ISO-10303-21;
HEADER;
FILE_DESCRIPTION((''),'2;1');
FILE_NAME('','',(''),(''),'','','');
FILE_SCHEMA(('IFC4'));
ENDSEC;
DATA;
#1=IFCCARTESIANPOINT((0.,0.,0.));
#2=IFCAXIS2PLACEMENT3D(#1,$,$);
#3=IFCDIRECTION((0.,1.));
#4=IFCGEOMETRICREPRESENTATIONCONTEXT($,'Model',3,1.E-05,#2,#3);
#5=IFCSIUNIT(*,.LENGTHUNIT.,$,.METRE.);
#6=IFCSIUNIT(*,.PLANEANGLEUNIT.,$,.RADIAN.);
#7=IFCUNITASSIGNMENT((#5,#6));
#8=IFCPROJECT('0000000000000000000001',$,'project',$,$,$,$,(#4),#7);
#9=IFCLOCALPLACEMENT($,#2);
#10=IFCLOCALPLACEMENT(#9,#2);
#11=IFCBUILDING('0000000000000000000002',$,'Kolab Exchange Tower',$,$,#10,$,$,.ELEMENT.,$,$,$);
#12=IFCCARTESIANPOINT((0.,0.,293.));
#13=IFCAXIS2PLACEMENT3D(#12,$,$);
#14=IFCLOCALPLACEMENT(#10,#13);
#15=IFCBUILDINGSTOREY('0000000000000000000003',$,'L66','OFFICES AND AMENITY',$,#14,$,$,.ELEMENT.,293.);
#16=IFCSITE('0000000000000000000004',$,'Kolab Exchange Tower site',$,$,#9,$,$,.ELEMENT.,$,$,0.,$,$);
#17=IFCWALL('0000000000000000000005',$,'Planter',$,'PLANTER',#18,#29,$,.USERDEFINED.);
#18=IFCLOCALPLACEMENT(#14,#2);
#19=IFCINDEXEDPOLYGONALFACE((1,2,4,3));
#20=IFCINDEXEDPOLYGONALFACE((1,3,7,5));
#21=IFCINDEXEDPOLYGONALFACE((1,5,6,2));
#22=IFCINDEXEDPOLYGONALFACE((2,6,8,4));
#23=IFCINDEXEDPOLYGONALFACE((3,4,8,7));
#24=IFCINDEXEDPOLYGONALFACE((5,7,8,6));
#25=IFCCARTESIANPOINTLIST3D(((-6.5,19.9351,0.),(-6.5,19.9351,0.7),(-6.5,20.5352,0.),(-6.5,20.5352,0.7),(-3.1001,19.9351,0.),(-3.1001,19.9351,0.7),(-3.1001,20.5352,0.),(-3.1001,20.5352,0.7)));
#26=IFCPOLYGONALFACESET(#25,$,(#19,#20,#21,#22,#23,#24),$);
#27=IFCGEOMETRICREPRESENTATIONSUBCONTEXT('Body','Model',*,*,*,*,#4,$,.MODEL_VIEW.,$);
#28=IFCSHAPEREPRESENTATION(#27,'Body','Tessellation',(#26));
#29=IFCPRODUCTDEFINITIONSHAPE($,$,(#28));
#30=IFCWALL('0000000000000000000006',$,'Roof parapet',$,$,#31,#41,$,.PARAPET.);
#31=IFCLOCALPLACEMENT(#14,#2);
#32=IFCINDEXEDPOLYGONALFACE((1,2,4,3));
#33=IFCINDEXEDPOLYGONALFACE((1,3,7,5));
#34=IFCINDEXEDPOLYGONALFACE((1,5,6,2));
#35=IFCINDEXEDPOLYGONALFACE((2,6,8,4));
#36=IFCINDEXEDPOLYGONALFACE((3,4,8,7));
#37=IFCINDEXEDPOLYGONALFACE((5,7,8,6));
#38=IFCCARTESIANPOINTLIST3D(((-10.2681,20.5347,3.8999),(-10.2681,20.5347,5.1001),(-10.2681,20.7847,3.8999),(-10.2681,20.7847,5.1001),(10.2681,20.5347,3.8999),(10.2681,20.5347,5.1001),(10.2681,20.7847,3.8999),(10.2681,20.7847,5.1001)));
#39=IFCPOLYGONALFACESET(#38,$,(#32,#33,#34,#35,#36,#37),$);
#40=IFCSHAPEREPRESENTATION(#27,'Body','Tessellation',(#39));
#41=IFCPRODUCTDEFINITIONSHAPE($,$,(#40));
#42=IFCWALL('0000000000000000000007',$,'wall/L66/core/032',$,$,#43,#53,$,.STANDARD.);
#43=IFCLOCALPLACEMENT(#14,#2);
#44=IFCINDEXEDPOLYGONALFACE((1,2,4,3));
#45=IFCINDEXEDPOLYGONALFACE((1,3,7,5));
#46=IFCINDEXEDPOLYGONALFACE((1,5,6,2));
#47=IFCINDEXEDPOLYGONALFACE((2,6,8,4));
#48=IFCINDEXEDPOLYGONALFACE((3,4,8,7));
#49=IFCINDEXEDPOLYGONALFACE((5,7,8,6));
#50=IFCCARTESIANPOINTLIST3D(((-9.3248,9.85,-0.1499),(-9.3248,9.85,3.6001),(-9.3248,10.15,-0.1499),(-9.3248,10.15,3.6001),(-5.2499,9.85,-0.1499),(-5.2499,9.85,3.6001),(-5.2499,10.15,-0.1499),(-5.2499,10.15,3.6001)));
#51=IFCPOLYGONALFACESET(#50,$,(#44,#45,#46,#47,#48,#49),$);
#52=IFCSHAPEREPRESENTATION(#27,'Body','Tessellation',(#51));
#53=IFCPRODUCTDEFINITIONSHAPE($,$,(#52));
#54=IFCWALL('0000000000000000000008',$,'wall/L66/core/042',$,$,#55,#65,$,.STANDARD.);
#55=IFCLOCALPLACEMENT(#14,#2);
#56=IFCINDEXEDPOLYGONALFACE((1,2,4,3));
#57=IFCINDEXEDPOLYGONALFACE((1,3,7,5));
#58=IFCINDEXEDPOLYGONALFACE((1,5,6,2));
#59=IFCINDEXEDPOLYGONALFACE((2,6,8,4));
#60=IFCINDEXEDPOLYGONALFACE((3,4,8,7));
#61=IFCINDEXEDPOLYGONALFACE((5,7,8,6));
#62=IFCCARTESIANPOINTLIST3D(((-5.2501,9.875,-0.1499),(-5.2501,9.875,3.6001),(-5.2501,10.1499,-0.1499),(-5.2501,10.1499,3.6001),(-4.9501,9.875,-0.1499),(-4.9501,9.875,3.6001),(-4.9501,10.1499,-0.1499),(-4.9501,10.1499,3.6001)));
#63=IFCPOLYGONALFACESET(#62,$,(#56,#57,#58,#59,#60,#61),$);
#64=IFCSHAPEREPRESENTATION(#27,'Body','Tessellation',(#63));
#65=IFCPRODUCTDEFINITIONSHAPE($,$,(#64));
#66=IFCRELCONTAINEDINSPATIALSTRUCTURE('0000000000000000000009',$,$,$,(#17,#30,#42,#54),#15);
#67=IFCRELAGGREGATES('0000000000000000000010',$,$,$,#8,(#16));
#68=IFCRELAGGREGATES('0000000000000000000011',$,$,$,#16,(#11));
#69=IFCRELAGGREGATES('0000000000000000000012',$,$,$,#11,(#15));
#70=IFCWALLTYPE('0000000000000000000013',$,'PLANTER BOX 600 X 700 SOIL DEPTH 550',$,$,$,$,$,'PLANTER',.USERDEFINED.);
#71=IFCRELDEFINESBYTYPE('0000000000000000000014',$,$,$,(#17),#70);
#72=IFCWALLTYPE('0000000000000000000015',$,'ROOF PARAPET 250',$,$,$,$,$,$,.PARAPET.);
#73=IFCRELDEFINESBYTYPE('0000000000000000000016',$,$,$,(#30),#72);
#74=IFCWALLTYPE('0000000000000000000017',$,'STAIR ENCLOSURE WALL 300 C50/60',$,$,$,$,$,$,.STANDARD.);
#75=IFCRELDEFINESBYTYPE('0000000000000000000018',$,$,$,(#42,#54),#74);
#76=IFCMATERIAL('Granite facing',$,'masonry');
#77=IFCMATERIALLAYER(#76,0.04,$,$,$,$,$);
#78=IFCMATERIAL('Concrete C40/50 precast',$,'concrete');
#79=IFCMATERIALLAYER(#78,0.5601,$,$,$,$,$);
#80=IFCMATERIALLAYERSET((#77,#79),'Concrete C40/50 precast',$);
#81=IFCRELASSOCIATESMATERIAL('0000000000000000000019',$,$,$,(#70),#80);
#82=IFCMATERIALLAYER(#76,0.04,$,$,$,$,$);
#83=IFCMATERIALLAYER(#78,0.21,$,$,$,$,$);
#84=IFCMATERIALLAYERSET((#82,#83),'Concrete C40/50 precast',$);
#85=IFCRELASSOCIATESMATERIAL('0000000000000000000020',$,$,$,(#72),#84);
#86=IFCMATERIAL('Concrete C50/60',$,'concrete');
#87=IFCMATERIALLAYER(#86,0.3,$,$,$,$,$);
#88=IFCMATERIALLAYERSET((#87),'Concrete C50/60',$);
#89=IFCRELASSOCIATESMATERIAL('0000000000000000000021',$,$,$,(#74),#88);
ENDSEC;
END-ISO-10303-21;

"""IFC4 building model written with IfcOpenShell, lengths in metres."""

from ifc_helpers import new_model, si_unit, direction, frame, frame_2d, origin, place, context, subcontext, project, spatial, rectangle, extrude, material, layer, layer_set, type_object, element, save


model = new_model("IFC4")

# Units and contexts
model_context = context("Model", 3, precision=1e-05, world=origin(), true_north=direction((0.0, 1.0)))
body_context = subcontext(model_context, "Body", "Model", "MODEL_VIEW")
ifc_project = project(units=[si_unit("LENGTHUNIT", "METRE"), si_unit("PLANEANGLEUNIT", "RADIAN")], contexts=[model_context])

# Site, building, storey
site_placement = place(None, origin())
site = spatial("IfcSite", under=ifc_project, at=site_placement, Name="Kolab Exchange Tower site", CompositionType="ELEMENT", RefElevation=0.0)
building_placement = place(site_placement, origin())
building = spatial("IfcBuilding", under=site, at=building_placement, Name="Kolab Exchange Tower", CompositionType="ELEMENT")
storey_placement = place(building_placement, frame((0.0, 0.0, 293.0)))
storey = spatial("IfcBuildingStorey", under=building, at=storey_placement, Name="L66", Description="OFFICES AND AMENITY", CompositionType="ELEMENT", Elevation=293.0)

# Shared definitions
ifc_material_1 = material(Name="Concrete C50/60", Category="concrete")

# Walls
ifc_material_2 = material(Name="Granite facing", Category="masonry")
ifc_layer_1 = layer(ifc_material_2, 0.04)
ifc_material_3 = material(Name="Concrete C40/50 precast", Category="concrete")
ifc_layer_2 = layer(ifc_material_3, 0.5601)
ifc_layer_set_1 = layer_set([ifc_layer_1, ifc_layer_2], Name="Concrete C40/50 precast")
wall_type_1 = type_object("IfcWallType", Name="PLANTER BOX 600 X 700 SOIL DEPTH 550", ElementType="PLANTER", PredefinedType="USERDEFINED", material=ifc_layer_set_1)
wall_1_placement = place(storey_placement, frame((-6.5, 20.2351, 0.0), z_axis=(0.0, 0.0, 1.0), x_axis=(1.0, 0.0, 0.0)))
element("IfcWall", 1, at=wall_1_placement, inside=storey, type_object=wall_type_1, Name="Planter", ObjectType="PLANTER", PredefinedType="USERDEFINED", context=body_context, shape_type="SweptSolid", body=[
    extrude(rectangle(XDim=3.3999, YDim=0.6001, at=frame_2d((1.7, 0.0))), origin(), (0.0, 0.0, 1.0), 0.7),
])
ifc_layer_3 = layer(ifc_material_2, 0.04)
ifc_layer_4 = layer(ifc_material_3, 0.21)
ifc_layer_set_2 = layer_set([ifc_layer_3, ifc_layer_4], Name="Concrete C40/50 precast")
wall_type_2 = type_object("IfcWallType", Name="ROOF PARAPET 250", PredefinedType="PARAPET", material=ifc_layer_set_2)
wall_2_placement = place(storey_placement, frame((-10.2681, 20.6597, 3.8999), z_axis=(0.0, 0.0, 1.0), x_axis=(1.0, 0.0, 0.0)))
element("IfcWall", 2, at=wall_2_placement, inside=storey, type_object=wall_type_2, Name="Roof parapet", PredefinedType="PARAPET", context=body_context, shape_type="SweptSolid", body=[
    extrude(rectangle(XDim=20.5361, YDim=0.25, at=frame_2d((10.2681, 0.0))), origin(), (0.0, 0.0, 1.0), 1.2002),
])
ifc_layer_5 = layer(ifc_material_1, 0.3)
ifc_layer_set_3 = layer_set([ifc_layer_5], Name="Concrete C50/60")
wall_type_3 = type_object("IfcWallType", Name="STAIR ENCLOSURE WALL 300 C50/60", PredefinedType="STANDARD", material=ifc_layer_set_3)
wall_3_placement = place(storey_placement, frame((-9.325, 10.0, -0.1499), z_axis=(0.0, 0.0, 1.0), x_axis=(1.0, 0.0, 0.0)))
element("IfcWall", 3, at=wall_3_placement, inside=storey, type_object=wall_type_3, Name="wall/L66/core/032", PredefinedType="STANDARD", context=body_context, shape_type="SweptSolid", body=[
    extrude(rectangle(XDim=4.075, YDim=0.3, at=frame_2d((2.0376, 0.0))), origin(), (0.0, 0.0, 1.0), 3.75),
])
wall_4_placement = place(storey_placement, frame((-5.1001, 9.875, -0.1499), z_axis=(0.0, 0.0, 1.0), x_axis=(0.0, 1.0, 0.0)))
element("IfcWall", 4, at=wall_4_placement, inside=storey, type_object=wall_type_3, Name="wall/L66/core/042", PredefinedType="STANDARD", context=body_context, shape_type="SweptSolid", body=[
    extrude(rectangle(XDim=0.2749, YDim=0.3, at=frame_2d((0.1375, 0.0))), origin(), (0.0, 0.0, 1.0), 3.75),
])

save(model, "model.ifc")
